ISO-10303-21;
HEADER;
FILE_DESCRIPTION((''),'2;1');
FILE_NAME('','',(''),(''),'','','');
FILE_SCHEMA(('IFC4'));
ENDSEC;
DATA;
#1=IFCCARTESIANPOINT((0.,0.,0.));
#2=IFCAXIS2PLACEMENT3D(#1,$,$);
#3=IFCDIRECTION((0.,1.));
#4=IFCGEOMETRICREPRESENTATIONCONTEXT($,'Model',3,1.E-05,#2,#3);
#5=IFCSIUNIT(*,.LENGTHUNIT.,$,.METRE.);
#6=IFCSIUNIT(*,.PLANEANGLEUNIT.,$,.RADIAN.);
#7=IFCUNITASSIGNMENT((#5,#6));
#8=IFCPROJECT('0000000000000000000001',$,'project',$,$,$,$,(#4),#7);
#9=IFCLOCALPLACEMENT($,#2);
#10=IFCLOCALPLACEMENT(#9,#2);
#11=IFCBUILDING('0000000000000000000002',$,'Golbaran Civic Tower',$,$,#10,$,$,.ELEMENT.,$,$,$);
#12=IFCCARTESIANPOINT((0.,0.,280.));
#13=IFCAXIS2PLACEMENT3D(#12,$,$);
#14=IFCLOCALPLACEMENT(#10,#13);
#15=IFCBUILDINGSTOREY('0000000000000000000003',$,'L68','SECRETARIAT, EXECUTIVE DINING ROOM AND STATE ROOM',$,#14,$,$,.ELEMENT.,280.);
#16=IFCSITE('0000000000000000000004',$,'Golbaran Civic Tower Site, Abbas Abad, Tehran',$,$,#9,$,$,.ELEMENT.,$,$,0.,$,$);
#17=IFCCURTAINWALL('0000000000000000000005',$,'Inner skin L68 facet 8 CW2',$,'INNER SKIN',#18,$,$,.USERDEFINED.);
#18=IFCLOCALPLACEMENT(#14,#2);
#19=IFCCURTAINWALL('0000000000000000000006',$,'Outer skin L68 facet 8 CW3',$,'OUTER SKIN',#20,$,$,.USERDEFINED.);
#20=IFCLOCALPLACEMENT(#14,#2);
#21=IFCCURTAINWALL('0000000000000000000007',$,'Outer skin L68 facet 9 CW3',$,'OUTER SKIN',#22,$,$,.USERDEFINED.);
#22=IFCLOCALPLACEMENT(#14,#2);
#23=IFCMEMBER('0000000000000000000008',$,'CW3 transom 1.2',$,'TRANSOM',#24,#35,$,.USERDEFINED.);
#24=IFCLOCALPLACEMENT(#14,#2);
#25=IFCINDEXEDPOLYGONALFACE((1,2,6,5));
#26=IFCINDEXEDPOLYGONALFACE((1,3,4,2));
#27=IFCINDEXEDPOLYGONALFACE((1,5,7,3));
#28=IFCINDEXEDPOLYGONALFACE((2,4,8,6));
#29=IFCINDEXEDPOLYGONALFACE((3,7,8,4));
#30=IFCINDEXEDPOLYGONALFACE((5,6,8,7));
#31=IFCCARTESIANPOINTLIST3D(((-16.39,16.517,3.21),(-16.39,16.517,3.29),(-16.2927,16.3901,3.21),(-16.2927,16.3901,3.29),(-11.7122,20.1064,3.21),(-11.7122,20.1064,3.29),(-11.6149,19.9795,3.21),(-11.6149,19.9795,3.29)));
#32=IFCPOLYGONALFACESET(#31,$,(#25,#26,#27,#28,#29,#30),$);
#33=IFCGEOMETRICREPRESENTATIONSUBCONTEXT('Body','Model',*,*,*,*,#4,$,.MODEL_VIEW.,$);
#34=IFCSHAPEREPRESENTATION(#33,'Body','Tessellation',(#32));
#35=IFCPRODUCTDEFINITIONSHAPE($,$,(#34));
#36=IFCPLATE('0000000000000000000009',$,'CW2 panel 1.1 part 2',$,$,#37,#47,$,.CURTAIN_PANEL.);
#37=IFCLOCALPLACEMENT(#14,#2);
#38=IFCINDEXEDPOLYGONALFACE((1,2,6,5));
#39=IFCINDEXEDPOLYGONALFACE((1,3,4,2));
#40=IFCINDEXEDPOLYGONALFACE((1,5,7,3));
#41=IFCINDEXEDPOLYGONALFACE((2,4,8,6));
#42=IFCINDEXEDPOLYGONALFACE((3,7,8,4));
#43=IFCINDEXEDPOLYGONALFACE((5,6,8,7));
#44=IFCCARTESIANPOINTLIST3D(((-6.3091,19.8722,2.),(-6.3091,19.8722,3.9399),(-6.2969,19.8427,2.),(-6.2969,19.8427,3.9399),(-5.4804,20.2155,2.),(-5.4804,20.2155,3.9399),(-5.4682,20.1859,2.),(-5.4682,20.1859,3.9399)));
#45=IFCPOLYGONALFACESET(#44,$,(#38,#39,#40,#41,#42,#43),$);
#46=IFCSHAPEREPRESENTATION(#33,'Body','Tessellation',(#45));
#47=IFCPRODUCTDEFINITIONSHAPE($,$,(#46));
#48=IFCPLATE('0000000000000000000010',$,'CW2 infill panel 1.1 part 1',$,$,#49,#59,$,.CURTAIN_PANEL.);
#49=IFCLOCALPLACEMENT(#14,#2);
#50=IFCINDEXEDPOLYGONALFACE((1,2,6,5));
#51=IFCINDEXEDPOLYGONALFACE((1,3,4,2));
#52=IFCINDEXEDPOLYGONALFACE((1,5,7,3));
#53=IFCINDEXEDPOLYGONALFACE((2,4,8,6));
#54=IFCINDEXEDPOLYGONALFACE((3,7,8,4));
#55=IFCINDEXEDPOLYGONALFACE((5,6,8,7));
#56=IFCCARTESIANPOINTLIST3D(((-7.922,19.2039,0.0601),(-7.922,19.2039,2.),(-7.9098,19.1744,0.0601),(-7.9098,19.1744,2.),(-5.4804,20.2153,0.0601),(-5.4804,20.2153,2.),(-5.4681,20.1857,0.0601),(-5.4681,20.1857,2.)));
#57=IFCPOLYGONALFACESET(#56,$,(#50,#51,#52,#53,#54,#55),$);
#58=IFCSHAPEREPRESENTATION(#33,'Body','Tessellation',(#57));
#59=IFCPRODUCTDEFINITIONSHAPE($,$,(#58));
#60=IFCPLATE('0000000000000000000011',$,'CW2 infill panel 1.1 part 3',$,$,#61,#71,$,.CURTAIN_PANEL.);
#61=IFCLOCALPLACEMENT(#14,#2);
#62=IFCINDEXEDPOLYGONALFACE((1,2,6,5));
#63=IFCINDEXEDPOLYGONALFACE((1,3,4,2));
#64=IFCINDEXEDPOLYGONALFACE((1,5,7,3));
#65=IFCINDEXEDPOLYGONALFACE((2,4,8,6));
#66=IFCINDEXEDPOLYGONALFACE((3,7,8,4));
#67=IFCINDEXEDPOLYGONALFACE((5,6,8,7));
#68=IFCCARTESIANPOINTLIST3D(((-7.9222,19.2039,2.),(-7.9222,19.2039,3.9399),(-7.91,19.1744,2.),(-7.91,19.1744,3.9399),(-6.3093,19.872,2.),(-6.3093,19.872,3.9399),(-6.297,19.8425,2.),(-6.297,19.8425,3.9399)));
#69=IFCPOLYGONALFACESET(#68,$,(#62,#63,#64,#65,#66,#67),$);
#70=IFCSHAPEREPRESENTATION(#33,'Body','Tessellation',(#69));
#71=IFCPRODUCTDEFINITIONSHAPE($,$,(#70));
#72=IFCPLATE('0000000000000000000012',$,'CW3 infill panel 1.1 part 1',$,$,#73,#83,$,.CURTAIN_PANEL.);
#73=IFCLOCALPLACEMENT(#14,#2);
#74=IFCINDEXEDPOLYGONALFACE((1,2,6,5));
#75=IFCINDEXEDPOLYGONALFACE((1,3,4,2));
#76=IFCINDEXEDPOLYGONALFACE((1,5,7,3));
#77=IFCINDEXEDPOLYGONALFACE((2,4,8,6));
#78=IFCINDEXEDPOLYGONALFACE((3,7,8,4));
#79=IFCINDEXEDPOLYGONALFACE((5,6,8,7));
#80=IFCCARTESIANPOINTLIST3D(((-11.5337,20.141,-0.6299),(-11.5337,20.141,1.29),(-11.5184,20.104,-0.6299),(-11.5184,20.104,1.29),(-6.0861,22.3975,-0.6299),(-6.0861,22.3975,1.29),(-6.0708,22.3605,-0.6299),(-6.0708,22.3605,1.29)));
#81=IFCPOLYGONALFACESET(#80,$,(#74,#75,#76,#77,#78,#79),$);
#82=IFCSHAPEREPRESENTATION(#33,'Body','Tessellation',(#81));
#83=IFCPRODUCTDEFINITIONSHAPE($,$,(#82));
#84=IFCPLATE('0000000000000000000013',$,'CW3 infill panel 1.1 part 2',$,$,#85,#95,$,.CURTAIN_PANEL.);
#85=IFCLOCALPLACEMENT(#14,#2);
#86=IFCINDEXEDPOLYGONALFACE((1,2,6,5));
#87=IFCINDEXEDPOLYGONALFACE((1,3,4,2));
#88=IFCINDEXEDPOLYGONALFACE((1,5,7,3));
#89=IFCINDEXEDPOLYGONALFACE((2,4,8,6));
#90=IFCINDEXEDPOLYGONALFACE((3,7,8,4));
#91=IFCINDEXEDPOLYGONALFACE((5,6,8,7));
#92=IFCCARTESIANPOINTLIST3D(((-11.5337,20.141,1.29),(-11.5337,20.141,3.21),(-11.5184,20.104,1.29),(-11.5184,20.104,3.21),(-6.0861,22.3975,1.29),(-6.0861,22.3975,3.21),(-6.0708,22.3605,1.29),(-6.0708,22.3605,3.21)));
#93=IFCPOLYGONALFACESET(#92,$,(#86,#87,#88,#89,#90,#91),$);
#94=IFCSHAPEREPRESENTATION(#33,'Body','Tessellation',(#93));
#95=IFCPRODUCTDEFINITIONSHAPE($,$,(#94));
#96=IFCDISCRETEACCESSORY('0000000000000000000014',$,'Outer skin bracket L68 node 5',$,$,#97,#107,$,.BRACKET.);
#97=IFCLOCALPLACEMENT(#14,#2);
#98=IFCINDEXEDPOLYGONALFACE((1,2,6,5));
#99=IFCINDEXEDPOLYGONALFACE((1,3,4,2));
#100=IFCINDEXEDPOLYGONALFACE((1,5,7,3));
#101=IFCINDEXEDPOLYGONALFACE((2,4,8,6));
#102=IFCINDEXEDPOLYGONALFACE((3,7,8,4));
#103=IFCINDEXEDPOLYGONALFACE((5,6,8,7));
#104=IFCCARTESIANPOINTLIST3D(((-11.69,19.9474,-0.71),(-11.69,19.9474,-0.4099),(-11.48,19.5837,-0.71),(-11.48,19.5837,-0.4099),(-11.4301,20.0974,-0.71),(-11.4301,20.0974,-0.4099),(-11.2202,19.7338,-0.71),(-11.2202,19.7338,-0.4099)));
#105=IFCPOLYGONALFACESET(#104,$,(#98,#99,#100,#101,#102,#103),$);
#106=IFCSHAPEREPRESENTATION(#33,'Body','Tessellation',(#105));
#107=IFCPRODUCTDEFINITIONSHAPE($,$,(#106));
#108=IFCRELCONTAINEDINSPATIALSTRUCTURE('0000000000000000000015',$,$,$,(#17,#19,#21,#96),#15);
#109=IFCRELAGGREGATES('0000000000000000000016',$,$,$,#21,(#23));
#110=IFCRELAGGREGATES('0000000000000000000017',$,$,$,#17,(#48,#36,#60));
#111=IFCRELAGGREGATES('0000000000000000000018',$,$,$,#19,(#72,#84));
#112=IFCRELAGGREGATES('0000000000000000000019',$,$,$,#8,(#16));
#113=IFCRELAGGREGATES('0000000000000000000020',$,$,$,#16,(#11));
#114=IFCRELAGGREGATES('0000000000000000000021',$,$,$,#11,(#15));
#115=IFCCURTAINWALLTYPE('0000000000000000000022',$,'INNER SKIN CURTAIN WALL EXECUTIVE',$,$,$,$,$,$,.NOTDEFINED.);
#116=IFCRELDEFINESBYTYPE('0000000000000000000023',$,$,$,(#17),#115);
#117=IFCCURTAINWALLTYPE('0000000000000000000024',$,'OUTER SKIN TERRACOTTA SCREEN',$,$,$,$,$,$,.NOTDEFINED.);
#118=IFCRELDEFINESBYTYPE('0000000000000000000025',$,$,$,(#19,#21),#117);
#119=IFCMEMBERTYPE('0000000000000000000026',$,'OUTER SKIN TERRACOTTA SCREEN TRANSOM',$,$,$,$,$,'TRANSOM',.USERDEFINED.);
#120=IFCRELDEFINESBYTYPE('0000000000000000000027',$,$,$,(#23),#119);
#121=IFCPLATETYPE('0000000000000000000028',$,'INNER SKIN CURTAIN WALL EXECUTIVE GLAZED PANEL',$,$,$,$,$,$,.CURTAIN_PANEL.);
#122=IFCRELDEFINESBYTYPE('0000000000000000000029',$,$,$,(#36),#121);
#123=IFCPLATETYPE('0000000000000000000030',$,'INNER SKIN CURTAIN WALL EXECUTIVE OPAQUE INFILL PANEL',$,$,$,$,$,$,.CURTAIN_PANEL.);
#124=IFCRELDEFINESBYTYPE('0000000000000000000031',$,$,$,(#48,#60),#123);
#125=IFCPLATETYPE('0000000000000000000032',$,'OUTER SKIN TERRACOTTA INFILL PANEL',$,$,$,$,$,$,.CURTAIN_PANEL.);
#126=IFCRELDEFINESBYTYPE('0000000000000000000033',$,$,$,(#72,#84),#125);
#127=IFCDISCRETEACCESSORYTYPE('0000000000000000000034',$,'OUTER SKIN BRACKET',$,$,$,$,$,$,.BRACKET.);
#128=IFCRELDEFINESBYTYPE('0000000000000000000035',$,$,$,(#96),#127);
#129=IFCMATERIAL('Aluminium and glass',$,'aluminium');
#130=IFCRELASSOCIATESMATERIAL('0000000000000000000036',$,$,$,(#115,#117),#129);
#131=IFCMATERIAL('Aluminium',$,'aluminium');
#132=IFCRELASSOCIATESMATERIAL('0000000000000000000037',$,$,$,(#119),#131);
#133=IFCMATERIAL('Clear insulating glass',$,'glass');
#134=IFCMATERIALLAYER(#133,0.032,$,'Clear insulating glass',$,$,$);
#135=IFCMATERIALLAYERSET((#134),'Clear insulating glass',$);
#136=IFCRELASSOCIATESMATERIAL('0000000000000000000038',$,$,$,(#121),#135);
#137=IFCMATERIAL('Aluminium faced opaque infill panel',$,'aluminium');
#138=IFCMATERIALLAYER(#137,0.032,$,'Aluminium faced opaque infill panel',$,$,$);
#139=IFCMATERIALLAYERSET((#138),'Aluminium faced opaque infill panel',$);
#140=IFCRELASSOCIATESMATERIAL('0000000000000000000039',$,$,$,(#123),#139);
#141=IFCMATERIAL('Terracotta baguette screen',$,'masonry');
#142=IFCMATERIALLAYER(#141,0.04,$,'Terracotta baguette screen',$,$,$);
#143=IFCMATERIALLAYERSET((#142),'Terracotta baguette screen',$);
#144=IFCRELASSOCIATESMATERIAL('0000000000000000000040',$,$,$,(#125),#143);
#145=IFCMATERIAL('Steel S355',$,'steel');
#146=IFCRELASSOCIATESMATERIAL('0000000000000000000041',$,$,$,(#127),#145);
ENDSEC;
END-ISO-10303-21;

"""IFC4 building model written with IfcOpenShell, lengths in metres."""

from ifc_helpers import new_model, si_unit, direction, frame, origin, origin_2d, place, context, subcontext, project, spatial, rectangle, extrude, material, layer, layer_set, material_profile, profile_set, type_object, element, aggregate, save


model = new_model("IFC4")

# Units and contexts
model_context = context("Model", 3, precision=1e-05, world=origin(), true_north=direction((0.0, 1.0)))
body_context = subcontext(model_context, "Body", "Model", "MODEL_VIEW")
ifc_project = project(units=[si_unit("LENGTHUNIT", "METRE"), si_unit("PLANEANGLEUNIT", "RADIAN")], contexts=[model_context])

# Site, building, storey
site_placement = place(None, origin())
site = spatial("IfcSite", under=ifc_project, at=site_placement, Name="Golbaran Civic Tower Site, Abbas Abad, Tehran", CompositionType="ELEMENT", RefElevation=0.0)
building_placement = place(site_placement, origin())
building = spatial("IfcBuilding", under=site, at=building_placement, Name="Golbaran Civic Tower", CompositionType="ELEMENT")
storey_placement = place(building_placement, frame((0.0, 0.0, 280.0)))
storey = spatial("IfcBuildingStorey", under=building, at=storey_placement, Name="L68", Description="SECRETARIAT, EXECUTIVE DINING ROOM AND STATE ROOM", CompositionType="ELEMENT", Elevation=280.0)

# Shared definitions
ifc_material_1 = material(Name="Steel S355", Category="steel")

# Shared definitions
ifc_material_2 = material(Name="Aluminium and glass", Category="aluminium")
curtain_wall_type_1 = type_object("IfcCurtainWallType", Name="INNER SKIN CURTAIN WALL EXECUTIVE", PredefinedType="NOTDEFINED", material=ifc_material_2)
ifc_material_3 = material(Name="Aluminium", Category="aluminium")

# Curtain wall
curtain_wall_1_placement = place(storey_placement, origin())
curtain_wall_1 = element("IfcCurtainWall", 1, at=curtain_wall_1_placement, inside=storey, type_object=curtain_wall_type_1, Name="Inner skin L68 facet 8 CW2", ObjectType="INNER SKIN", PredefinedType="USERDEFINED")

# Shared definitions
curtain_wall_type_2 = type_object("IfcCurtainWallType", Name="OUTER SKIN TERRACOTTA SCREEN", PredefinedType="NOTDEFINED", material=ifc_material_2)

# Curtain wall
curtain_wall_2_placement = place(storey_placement, origin())
curtain_wall_2 = element("IfcCurtainWall", 2, at=curtain_wall_2_placement, inside=storey, type_object=curtain_wall_type_2, Name="Outer skin L68 facet 8 CW3", ObjectType="OUTER SKIN", PredefinedType="USERDEFINED")

# Curtain wall
curtain_wall_3_placement = place(storey_placement, origin())
curtain_wall_3 = element("IfcCurtainWall", 3, at=curtain_wall_3_placement, inside=storey, type_object=curtain_wall_type_2, Name="Outer skin L68 facet 9 CW3", ObjectType="OUTER SKIN", PredefinedType="USERDEFINED")

# Member
ifc_material_profile_1 = material_profile(ifc_material_3, rectangle(XDim=0.1599, YDim=0.0801, at=origin_2d()), Name="OUTER SKIN TERRACOTTA SCREEN TRANSOM")
ifc_profile_set_1 = profile_set([ifc_material_profile_1], Name="Aluminium")
member_type_1 = type_object("IfcMemberType", Name="OUTER SKIN TERRACOTTA SCREEN TRANSOM", ElementType="TRANSOM", PredefinedType="USERDEFINED", material=ifc_profile_set_1)
member_1_placement = place(storey_placement, frame((-11.6636, 20.043, 3.25), z_axis=(-0.793353, -0.608762, 0.0), x_axis=(0.608762, -0.793353, 0.0)))
member_1 = element("IfcMember", 4, at=member_1_placement, type_object=member_type_1, Name="CW3 transom 1.2", ObjectType="TRANSOM", PredefinedType="USERDEFINED", context=body_context, shape_type="SweptSolid", body=[
    extrude(rectangle(XDim=0.1599, YDim=0.0801, at=origin_2d()), origin(), (0.0, 0.0, 1.0), 5.8962),
])
aggregate(curtain_wall_3, [member_1])

# Plates
ifc_material_4 = material(Name="Clear insulating glass", Category="glass")
ifc_layer_1 = layer(ifc_material_4, 0.032, Name="Clear insulating glass")
ifc_layer_set_1 = layer_set([ifc_layer_1], Name="Clear insulating glass")
plate_type_1 = type_object("IfcPlateType", Name="INNER SKIN CURTAIN WALL EXECUTIVE GLAZED PANEL", PredefinedType="CURTAIN_PANEL", material=ifc_layer_set_1)
plate_1_placement = place(storey_placement, frame((-5.8887, 20.0291, 2.0), z_axis=(0.0, 0.0, 1.0), x_axis=(-0.92388, -0.382683, 0.0)))
plate_1 = element("IfcPlate", 5, at=plate_1_placement, type_object=plate_type_1, Name="CW2 panel 1.1 part 2", PredefinedType="CURTAIN_PANEL", context=body_context, shape_type="SweptSolid", body=[
    extrude(rectangle(XDim=0.897, YDim=0.032, at=origin_2d()), origin(), (0.0, 0.0, 1.0), 1.9399),
])
ifc_material_5 = material(Name="Aluminium faced opaque infill panel", Category="aluminium")
ifc_layer_2 = layer(ifc_material_5, 0.032, Name="Aluminium faced opaque infill panel")
ifc_layer_set_2 = layer_set([ifc_layer_2], Name="Aluminium faced opaque infill panel")
plate_type_2 = type_object("IfcPlateType", Name="INNER SKIN CURTAIN WALL EXECUTIVE OPAQUE INFILL PANEL", PredefinedType="CURTAIN_PANEL", material=ifc_layer_set_2)
plate_2_placement = place(storey_placement, frame((-6.6951, 19.6948, 0.0601), z_axis=(0.0, 0.0, 1.0), x_axis=(-0.92388, -0.382683, 0.0)))
plate_2 = element("IfcPlate", 6, at=plate_2_placement, type_object=plate_type_2, Name="CW2 infill panel 1.1 part 1", PredefinedType="CURTAIN_PANEL", context=body_context, shape_type="SweptSolid", body=[
    extrude(rectangle(XDim=2.6428, YDim=0.032, at=origin_2d()), origin(), (0.0, 0.0, 1.0), 1.9399),
])
plate_3_placement = place(storey_placement, frame((-7.1096, 19.5232, 2.0), z_axis=(0.0, 0.0, 1.0), x_axis=(-0.92388, -0.382683, 0.0)))
plate_3 = element("IfcPlate", 7, at=plate_3_placement, type_object=plate_type_2, Name="CW2 infill panel 1.1 part 3", PredefinedType="CURTAIN_PANEL", context=body_context, shape_type="SweptSolid", body=[
    extrude(rectangle(XDim=1.7458, YDim=0.032, at=origin_2d()), origin(), (0.0, 0.0, 1.0), 1.9399),
])
aggregate(curtain_wall_1, [plate_2, plate_1, plate_3])
ifc_material_6 = material(Name="Terracotta baguette screen", Category="masonry")
ifc_layer_3 = layer(ifc_material_6, 0.04, Name="Terracotta baguette screen")
ifc_layer_set_3 = layer_set([ifc_layer_3], Name="Terracotta baguette screen")
plate_type_3 = type_object("IfcPlateType", Name="OUTER SKIN TERRACOTTA INFILL PANEL", PredefinedType="CURTAIN_PANEL", material=ifc_layer_set_3)
plate_4_placement = place(storey_placement, frame((-8.8022, 21.2507, -0.6299), z_axis=(0.0, 0.0, 1.0), x_axis=(-0.92388, -0.382683, 0.0)))
plate_4 = element("IfcPlate", 8, at=plate_4_placement, type_object=plate_type_3, Name="CW3 infill panel 1.1 part 1", PredefinedType="CURTAIN_PANEL", context=body_context, shape_type="SweptSolid", body=[
    extrude(rectangle(XDim=5.8965, YDim=0.04, at=origin_2d()), origin(), (0.0, 0.0, 1.0), 1.9199),
])
plate_5_placement = place(storey_placement, frame((-8.8022, 21.2507, 1.29), z_axis=(0.0, 0.0, 1.0), x_axis=(-0.92388, -0.382683, 0.0)))
plate_5 = element("IfcPlate", 9, at=plate_5_placement, type_object=plate_type_3, Name="CW3 infill panel 1.1 part 2", PredefinedType="CURTAIN_PANEL", context=body_context, shape_type="SweptSolid", body=[
    extrude(rectangle(XDim=5.8965, YDim=0.04, at=origin_2d()), origin(), (0.0, 0.0, 1.0), 1.9199),
])
aggregate(curtain_wall_2, [plate_4, plate_5])

# Discrete accessory
discrete_accessory_type = type_object("IfcDiscreteAccessoryType", Name="OUTER SKIN BRACKET", PredefinedType="BRACKET", material=ifc_material_1)
discrete_accessory_placement = place(storey_placement, frame((-11.4551, 19.8406, -0.71), z_axis=(0.0, 0.0, 1.0), x_axis=(-0.5, 0.866025, 0.0)))
element("IfcDiscreteAccessory", 10, at=discrete_accessory_placement, inside=storey, type_object=discrete_accessory_type, Name="Outer skin bracket L68 node 5", PredefinedType="BRACKET", context=body_context, shape_type="SweptSolid", body=[
    extrude(rectangle(XDim=0.4199, YDim=0.3, at=origin_2d()), origin(), (0.0, 0.0, 1.0), 0.3),
])

save(model, "model.ifc")
